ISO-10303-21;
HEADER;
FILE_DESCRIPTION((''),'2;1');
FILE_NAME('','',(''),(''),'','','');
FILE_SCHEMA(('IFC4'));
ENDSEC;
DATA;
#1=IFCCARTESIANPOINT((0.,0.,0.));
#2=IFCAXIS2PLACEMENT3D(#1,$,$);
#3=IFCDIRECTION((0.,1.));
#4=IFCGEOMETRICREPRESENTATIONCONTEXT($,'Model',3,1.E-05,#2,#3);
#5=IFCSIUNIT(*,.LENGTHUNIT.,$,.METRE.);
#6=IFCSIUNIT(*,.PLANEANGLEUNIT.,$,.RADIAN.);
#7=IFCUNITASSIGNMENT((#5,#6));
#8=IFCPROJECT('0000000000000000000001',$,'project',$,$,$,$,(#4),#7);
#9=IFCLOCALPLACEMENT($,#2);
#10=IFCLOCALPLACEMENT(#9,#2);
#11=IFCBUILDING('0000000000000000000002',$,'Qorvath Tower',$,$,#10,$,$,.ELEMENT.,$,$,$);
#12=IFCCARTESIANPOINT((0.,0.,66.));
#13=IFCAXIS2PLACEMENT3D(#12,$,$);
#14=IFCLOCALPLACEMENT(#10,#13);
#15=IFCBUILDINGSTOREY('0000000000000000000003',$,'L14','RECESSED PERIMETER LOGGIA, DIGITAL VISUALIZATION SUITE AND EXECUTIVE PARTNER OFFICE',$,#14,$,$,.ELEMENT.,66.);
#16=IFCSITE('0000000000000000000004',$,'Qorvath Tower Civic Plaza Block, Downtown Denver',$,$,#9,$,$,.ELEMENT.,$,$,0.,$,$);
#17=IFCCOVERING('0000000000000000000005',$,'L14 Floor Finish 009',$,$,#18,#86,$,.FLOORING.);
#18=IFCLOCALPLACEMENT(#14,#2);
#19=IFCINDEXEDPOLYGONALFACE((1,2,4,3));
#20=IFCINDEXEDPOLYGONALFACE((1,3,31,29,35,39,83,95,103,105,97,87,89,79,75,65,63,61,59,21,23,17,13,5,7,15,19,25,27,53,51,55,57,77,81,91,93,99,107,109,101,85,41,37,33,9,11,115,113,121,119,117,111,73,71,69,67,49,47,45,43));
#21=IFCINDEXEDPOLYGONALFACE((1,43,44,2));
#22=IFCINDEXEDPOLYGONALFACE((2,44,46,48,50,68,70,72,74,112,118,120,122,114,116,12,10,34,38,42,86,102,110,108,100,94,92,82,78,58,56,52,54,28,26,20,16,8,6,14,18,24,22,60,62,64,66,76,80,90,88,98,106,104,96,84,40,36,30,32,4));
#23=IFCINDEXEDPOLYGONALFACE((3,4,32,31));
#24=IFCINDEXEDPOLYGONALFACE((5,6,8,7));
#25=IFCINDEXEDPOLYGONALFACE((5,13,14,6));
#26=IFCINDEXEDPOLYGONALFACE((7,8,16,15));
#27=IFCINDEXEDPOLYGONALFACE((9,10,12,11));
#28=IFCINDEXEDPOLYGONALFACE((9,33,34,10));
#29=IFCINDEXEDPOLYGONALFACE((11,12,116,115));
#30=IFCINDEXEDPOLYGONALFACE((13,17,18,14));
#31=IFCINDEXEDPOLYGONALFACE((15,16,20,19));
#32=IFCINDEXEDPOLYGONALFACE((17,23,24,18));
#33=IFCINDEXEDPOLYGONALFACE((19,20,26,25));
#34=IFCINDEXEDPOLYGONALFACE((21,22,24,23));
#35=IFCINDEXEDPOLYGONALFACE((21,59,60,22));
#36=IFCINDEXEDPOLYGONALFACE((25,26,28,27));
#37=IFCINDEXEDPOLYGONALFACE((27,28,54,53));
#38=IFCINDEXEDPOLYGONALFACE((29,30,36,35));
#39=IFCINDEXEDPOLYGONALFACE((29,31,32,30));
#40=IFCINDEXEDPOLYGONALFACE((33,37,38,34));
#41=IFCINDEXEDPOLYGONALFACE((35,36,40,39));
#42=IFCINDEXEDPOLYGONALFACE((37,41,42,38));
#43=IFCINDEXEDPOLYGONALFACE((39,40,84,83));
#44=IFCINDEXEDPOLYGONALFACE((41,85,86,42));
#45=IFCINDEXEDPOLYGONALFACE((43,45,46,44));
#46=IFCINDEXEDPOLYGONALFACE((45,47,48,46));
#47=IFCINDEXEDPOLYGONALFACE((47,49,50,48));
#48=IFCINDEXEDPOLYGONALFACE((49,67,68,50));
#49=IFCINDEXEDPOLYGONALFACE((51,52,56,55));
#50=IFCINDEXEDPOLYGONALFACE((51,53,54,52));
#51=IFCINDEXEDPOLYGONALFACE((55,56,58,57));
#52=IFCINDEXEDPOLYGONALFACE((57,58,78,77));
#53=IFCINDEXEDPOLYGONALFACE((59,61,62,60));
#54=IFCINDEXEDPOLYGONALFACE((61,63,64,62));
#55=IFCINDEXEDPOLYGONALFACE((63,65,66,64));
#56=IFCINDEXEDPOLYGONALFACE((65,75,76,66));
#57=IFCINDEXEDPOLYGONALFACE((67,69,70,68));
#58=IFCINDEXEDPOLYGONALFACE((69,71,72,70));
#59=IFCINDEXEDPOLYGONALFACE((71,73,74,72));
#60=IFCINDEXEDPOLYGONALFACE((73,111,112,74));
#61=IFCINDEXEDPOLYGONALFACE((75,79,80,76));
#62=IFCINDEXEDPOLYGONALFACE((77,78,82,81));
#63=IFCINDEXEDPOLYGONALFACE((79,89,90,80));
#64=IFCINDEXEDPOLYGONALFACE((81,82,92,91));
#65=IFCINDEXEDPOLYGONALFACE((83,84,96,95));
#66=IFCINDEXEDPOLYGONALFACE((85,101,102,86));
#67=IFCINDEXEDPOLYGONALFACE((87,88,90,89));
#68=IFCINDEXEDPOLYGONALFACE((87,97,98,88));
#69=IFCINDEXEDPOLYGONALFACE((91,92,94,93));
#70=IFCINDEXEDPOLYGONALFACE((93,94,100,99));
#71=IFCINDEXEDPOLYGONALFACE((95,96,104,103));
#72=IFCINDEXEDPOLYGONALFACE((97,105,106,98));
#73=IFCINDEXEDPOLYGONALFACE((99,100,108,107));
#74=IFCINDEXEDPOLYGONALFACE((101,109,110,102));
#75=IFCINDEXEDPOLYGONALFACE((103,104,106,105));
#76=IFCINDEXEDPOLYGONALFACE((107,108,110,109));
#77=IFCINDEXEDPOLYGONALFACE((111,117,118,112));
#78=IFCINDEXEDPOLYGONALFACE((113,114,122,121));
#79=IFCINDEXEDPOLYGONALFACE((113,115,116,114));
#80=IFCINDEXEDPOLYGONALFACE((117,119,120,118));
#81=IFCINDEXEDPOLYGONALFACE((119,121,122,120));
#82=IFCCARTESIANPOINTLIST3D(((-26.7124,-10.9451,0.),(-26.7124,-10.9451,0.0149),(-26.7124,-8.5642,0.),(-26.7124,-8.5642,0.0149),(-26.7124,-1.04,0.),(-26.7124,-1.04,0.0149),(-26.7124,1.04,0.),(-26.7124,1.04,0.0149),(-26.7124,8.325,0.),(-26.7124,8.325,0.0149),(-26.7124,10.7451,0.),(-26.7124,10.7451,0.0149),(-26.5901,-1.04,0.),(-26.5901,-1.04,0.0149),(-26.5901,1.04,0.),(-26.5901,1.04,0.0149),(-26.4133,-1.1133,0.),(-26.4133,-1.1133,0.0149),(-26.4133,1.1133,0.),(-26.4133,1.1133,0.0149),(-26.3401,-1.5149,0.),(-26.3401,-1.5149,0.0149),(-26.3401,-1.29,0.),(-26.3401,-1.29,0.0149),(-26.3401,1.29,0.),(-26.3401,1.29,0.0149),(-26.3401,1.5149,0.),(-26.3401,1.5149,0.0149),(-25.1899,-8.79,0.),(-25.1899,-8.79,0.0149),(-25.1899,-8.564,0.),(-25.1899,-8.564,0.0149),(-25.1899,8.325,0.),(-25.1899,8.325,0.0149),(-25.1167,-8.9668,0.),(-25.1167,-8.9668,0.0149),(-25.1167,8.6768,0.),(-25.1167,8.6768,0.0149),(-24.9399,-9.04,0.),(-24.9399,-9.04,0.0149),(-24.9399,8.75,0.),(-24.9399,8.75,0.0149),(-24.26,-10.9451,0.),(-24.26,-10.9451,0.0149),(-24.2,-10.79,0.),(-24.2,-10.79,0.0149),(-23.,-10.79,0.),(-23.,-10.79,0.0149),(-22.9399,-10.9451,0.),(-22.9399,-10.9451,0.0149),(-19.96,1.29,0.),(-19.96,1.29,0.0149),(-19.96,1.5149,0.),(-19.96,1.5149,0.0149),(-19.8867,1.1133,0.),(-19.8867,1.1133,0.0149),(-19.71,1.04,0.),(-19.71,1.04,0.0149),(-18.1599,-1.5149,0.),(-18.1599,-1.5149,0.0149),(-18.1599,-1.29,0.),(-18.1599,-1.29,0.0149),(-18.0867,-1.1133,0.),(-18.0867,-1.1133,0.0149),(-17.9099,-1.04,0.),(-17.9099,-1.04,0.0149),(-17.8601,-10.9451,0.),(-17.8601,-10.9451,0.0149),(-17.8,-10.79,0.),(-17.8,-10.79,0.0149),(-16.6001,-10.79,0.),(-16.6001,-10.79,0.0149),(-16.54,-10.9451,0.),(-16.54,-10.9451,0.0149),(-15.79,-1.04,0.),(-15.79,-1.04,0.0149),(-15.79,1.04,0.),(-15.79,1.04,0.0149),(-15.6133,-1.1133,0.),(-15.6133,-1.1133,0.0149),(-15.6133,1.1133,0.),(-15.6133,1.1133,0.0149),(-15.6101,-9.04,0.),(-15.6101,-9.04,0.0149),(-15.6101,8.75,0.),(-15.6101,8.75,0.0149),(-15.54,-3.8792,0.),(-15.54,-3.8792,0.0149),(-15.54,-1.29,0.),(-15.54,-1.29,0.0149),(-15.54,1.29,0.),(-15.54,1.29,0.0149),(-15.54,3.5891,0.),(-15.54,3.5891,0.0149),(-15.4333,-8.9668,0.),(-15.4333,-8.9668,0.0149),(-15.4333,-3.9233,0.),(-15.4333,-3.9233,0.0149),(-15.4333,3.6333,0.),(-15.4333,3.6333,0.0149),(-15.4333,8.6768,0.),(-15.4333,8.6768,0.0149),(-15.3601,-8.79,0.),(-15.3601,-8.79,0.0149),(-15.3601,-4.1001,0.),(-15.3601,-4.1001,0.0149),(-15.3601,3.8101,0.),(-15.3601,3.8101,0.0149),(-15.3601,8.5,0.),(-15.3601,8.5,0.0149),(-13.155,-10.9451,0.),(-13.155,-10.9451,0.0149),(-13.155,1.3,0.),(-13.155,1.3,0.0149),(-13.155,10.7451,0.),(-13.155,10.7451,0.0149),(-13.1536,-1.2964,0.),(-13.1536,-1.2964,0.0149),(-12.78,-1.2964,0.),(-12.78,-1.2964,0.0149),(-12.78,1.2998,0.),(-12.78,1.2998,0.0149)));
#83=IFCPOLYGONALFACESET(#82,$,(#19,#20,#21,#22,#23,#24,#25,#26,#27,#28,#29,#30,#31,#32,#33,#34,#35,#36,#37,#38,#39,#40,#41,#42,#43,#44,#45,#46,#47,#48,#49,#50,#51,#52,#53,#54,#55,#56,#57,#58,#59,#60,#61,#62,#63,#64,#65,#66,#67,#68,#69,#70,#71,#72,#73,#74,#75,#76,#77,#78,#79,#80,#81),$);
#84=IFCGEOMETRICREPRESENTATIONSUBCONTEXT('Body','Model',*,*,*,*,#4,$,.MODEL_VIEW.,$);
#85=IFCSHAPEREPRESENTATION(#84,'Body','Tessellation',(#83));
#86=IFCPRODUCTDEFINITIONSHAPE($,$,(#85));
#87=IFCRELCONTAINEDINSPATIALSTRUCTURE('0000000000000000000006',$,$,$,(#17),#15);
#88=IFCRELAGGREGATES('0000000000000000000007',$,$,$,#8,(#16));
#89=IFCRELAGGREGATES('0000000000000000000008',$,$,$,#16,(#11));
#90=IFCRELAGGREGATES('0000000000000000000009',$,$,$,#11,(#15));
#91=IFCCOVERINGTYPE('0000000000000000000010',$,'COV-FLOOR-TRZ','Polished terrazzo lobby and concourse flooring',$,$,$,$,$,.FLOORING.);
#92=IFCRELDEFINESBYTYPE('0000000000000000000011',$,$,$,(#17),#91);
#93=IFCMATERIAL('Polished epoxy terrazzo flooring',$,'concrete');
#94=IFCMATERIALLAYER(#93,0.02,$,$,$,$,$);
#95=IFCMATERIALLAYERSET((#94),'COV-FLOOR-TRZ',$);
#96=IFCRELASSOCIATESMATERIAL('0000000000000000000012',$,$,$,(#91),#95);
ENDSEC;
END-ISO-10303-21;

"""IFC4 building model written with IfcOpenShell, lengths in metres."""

from ifc_helpers import new_model, si_unit, direction, frame, origin, place, context, subcontext, project, spatial, polyline, outline, extrude, material, layer, layer_set, type_object, element, save


model = new_model("IFC4")

# Units and contexts
model_context = context("Model", 3, precision=1e-05, world=origin(), true_north=direction((0.0, 1.0)))
body_context = subcontext(model_context, "Body", "Model", "MODEL_VIEW")
ifc_project = project(units=[si_unit("LENGTHUNIT", "METRE"), si_unit("PLANEANGLEUNIT", "RADIAN")], contexts=[model_context])

# Site, building, storey
site_placement = place(None, origin())
site = spatial("IfcSite", under=ifc_project, at=site_placement, Name="Qorvath Tower Civic Plaza Block, Downtown Denver", CompositionType="ELEMENT", RefElevation=0.0)
building_placement = place(site_placement, origin())
building = spatial("IfcBuilding", under=site, at=building_placement, Name="Qorvath Tower", CompositionType="ELEMENT")
storey_placement = place(building_placement, frame((0.0, 0.0, 66.0)))
storey = spatial("IfcBuildingStorey", under=building, at=storey_placement, Name="L14", Description="RECESSED PERIMETER LOGGIA, DIGITAL VISUALIZATION SUITE AND EXECUTIVE PARTNER OFFICE", CompositionType="ELEMENT", Elevation=66.0)

# Covering
ifc_material_1 = material(Name="Polished epoxy terrazzo flooring", Category="concrete")
ifc_layer_1 = layer(ifc_material_1, 0.02)
ifc_layer_set_1 = layer_set([ifc_layer_1], Name="COV-FLOOR-TRZ")
covering_type_1 = type_object("IfcCoveringType", Name="COV-FLOOR-TRZ", Description="Polished terrazzo lobby and concourse flooring", PredefinedType="FLOORING", material=ifc_layer_set_1)
covering_1_placement = place(storey_placement, origin())
element("IfcCovering", 1, at=covering_1_placement, inside=storey, type_object=covering_type_1, Name="L14 Floor Finish 009", PredefinedType="FLOORING", context=body_context, shape_type="SweptSolid", body=[
    extrude(outline(polyline([(-13.155, 1.3), (-13.155, 10.7451), (-26.7124, 10.7451), (-26.7124, 8.325), (-25.1899, 8.325), (-25.1167, 8.6768), (-24.9399, 8.75), (-15.6101, 8.75), (-15.4333, 8.6768), (-15.3601, 8.5), (-15.3601, 3.8101), (-15.4333, 3.6333), (-15.54, 3.5891), (-15.54, 1.29), (-15.6133, 1.1133), (-15.79, 1.04), (-19.71, 1.04), (-19.8867, 1.1133), (-19.96, 1.29), (-19.96, 1.5149), (-26.3401, 1.5149), (-26.3401, 1.29), (-26.4133, 1.1133), (-26.5901, 1.04), (-26.7124, 1.04), (-26.7124, -1.04), (-26.5901, -1.04), (-26.4133, -1.1133), (-26.3401, -1.29), (-26.3401, -1.5149), (-18.1599, -1.5149), (-18.1599, -1.29), (-18.0867, -1.1133), (-17.9099, -1.04), (-15.79, -1.04), (-15.6133, -1.1133), (-15.54, -1.29), (-15.54, -3.8792), (-15.4333, -3.9233), (-15.3601, -4.1001), (-15.3601, -8.79), (-15.4333, -8.9668), (-15.6101, -9.04), (-24.9399, -9.04), (-25.1167, -8.9668), (-25.1899, -8.79), (-25.1899, -8.564), (-26.7124, -8.5642), (-26.7124, -10.9451), (-24.26, -10.9451), (-24.2, -10.79), (-23.0, -10.79), (-22.9399, -10.9451), (-17.8601, -10.9451), (-17.8, -10.79), (-16.6001, -10.79), (-16.54, -10.9451), (-13.155, -10.9451), (-13.1536, -1.2964), (-12.78, -1.2964), (-12.78, 1.2998), (-13.155, 1.3)])), origin(), (0.0, 0.0, 1.0), 0.0149),
])

save(model, "model.ifc")
